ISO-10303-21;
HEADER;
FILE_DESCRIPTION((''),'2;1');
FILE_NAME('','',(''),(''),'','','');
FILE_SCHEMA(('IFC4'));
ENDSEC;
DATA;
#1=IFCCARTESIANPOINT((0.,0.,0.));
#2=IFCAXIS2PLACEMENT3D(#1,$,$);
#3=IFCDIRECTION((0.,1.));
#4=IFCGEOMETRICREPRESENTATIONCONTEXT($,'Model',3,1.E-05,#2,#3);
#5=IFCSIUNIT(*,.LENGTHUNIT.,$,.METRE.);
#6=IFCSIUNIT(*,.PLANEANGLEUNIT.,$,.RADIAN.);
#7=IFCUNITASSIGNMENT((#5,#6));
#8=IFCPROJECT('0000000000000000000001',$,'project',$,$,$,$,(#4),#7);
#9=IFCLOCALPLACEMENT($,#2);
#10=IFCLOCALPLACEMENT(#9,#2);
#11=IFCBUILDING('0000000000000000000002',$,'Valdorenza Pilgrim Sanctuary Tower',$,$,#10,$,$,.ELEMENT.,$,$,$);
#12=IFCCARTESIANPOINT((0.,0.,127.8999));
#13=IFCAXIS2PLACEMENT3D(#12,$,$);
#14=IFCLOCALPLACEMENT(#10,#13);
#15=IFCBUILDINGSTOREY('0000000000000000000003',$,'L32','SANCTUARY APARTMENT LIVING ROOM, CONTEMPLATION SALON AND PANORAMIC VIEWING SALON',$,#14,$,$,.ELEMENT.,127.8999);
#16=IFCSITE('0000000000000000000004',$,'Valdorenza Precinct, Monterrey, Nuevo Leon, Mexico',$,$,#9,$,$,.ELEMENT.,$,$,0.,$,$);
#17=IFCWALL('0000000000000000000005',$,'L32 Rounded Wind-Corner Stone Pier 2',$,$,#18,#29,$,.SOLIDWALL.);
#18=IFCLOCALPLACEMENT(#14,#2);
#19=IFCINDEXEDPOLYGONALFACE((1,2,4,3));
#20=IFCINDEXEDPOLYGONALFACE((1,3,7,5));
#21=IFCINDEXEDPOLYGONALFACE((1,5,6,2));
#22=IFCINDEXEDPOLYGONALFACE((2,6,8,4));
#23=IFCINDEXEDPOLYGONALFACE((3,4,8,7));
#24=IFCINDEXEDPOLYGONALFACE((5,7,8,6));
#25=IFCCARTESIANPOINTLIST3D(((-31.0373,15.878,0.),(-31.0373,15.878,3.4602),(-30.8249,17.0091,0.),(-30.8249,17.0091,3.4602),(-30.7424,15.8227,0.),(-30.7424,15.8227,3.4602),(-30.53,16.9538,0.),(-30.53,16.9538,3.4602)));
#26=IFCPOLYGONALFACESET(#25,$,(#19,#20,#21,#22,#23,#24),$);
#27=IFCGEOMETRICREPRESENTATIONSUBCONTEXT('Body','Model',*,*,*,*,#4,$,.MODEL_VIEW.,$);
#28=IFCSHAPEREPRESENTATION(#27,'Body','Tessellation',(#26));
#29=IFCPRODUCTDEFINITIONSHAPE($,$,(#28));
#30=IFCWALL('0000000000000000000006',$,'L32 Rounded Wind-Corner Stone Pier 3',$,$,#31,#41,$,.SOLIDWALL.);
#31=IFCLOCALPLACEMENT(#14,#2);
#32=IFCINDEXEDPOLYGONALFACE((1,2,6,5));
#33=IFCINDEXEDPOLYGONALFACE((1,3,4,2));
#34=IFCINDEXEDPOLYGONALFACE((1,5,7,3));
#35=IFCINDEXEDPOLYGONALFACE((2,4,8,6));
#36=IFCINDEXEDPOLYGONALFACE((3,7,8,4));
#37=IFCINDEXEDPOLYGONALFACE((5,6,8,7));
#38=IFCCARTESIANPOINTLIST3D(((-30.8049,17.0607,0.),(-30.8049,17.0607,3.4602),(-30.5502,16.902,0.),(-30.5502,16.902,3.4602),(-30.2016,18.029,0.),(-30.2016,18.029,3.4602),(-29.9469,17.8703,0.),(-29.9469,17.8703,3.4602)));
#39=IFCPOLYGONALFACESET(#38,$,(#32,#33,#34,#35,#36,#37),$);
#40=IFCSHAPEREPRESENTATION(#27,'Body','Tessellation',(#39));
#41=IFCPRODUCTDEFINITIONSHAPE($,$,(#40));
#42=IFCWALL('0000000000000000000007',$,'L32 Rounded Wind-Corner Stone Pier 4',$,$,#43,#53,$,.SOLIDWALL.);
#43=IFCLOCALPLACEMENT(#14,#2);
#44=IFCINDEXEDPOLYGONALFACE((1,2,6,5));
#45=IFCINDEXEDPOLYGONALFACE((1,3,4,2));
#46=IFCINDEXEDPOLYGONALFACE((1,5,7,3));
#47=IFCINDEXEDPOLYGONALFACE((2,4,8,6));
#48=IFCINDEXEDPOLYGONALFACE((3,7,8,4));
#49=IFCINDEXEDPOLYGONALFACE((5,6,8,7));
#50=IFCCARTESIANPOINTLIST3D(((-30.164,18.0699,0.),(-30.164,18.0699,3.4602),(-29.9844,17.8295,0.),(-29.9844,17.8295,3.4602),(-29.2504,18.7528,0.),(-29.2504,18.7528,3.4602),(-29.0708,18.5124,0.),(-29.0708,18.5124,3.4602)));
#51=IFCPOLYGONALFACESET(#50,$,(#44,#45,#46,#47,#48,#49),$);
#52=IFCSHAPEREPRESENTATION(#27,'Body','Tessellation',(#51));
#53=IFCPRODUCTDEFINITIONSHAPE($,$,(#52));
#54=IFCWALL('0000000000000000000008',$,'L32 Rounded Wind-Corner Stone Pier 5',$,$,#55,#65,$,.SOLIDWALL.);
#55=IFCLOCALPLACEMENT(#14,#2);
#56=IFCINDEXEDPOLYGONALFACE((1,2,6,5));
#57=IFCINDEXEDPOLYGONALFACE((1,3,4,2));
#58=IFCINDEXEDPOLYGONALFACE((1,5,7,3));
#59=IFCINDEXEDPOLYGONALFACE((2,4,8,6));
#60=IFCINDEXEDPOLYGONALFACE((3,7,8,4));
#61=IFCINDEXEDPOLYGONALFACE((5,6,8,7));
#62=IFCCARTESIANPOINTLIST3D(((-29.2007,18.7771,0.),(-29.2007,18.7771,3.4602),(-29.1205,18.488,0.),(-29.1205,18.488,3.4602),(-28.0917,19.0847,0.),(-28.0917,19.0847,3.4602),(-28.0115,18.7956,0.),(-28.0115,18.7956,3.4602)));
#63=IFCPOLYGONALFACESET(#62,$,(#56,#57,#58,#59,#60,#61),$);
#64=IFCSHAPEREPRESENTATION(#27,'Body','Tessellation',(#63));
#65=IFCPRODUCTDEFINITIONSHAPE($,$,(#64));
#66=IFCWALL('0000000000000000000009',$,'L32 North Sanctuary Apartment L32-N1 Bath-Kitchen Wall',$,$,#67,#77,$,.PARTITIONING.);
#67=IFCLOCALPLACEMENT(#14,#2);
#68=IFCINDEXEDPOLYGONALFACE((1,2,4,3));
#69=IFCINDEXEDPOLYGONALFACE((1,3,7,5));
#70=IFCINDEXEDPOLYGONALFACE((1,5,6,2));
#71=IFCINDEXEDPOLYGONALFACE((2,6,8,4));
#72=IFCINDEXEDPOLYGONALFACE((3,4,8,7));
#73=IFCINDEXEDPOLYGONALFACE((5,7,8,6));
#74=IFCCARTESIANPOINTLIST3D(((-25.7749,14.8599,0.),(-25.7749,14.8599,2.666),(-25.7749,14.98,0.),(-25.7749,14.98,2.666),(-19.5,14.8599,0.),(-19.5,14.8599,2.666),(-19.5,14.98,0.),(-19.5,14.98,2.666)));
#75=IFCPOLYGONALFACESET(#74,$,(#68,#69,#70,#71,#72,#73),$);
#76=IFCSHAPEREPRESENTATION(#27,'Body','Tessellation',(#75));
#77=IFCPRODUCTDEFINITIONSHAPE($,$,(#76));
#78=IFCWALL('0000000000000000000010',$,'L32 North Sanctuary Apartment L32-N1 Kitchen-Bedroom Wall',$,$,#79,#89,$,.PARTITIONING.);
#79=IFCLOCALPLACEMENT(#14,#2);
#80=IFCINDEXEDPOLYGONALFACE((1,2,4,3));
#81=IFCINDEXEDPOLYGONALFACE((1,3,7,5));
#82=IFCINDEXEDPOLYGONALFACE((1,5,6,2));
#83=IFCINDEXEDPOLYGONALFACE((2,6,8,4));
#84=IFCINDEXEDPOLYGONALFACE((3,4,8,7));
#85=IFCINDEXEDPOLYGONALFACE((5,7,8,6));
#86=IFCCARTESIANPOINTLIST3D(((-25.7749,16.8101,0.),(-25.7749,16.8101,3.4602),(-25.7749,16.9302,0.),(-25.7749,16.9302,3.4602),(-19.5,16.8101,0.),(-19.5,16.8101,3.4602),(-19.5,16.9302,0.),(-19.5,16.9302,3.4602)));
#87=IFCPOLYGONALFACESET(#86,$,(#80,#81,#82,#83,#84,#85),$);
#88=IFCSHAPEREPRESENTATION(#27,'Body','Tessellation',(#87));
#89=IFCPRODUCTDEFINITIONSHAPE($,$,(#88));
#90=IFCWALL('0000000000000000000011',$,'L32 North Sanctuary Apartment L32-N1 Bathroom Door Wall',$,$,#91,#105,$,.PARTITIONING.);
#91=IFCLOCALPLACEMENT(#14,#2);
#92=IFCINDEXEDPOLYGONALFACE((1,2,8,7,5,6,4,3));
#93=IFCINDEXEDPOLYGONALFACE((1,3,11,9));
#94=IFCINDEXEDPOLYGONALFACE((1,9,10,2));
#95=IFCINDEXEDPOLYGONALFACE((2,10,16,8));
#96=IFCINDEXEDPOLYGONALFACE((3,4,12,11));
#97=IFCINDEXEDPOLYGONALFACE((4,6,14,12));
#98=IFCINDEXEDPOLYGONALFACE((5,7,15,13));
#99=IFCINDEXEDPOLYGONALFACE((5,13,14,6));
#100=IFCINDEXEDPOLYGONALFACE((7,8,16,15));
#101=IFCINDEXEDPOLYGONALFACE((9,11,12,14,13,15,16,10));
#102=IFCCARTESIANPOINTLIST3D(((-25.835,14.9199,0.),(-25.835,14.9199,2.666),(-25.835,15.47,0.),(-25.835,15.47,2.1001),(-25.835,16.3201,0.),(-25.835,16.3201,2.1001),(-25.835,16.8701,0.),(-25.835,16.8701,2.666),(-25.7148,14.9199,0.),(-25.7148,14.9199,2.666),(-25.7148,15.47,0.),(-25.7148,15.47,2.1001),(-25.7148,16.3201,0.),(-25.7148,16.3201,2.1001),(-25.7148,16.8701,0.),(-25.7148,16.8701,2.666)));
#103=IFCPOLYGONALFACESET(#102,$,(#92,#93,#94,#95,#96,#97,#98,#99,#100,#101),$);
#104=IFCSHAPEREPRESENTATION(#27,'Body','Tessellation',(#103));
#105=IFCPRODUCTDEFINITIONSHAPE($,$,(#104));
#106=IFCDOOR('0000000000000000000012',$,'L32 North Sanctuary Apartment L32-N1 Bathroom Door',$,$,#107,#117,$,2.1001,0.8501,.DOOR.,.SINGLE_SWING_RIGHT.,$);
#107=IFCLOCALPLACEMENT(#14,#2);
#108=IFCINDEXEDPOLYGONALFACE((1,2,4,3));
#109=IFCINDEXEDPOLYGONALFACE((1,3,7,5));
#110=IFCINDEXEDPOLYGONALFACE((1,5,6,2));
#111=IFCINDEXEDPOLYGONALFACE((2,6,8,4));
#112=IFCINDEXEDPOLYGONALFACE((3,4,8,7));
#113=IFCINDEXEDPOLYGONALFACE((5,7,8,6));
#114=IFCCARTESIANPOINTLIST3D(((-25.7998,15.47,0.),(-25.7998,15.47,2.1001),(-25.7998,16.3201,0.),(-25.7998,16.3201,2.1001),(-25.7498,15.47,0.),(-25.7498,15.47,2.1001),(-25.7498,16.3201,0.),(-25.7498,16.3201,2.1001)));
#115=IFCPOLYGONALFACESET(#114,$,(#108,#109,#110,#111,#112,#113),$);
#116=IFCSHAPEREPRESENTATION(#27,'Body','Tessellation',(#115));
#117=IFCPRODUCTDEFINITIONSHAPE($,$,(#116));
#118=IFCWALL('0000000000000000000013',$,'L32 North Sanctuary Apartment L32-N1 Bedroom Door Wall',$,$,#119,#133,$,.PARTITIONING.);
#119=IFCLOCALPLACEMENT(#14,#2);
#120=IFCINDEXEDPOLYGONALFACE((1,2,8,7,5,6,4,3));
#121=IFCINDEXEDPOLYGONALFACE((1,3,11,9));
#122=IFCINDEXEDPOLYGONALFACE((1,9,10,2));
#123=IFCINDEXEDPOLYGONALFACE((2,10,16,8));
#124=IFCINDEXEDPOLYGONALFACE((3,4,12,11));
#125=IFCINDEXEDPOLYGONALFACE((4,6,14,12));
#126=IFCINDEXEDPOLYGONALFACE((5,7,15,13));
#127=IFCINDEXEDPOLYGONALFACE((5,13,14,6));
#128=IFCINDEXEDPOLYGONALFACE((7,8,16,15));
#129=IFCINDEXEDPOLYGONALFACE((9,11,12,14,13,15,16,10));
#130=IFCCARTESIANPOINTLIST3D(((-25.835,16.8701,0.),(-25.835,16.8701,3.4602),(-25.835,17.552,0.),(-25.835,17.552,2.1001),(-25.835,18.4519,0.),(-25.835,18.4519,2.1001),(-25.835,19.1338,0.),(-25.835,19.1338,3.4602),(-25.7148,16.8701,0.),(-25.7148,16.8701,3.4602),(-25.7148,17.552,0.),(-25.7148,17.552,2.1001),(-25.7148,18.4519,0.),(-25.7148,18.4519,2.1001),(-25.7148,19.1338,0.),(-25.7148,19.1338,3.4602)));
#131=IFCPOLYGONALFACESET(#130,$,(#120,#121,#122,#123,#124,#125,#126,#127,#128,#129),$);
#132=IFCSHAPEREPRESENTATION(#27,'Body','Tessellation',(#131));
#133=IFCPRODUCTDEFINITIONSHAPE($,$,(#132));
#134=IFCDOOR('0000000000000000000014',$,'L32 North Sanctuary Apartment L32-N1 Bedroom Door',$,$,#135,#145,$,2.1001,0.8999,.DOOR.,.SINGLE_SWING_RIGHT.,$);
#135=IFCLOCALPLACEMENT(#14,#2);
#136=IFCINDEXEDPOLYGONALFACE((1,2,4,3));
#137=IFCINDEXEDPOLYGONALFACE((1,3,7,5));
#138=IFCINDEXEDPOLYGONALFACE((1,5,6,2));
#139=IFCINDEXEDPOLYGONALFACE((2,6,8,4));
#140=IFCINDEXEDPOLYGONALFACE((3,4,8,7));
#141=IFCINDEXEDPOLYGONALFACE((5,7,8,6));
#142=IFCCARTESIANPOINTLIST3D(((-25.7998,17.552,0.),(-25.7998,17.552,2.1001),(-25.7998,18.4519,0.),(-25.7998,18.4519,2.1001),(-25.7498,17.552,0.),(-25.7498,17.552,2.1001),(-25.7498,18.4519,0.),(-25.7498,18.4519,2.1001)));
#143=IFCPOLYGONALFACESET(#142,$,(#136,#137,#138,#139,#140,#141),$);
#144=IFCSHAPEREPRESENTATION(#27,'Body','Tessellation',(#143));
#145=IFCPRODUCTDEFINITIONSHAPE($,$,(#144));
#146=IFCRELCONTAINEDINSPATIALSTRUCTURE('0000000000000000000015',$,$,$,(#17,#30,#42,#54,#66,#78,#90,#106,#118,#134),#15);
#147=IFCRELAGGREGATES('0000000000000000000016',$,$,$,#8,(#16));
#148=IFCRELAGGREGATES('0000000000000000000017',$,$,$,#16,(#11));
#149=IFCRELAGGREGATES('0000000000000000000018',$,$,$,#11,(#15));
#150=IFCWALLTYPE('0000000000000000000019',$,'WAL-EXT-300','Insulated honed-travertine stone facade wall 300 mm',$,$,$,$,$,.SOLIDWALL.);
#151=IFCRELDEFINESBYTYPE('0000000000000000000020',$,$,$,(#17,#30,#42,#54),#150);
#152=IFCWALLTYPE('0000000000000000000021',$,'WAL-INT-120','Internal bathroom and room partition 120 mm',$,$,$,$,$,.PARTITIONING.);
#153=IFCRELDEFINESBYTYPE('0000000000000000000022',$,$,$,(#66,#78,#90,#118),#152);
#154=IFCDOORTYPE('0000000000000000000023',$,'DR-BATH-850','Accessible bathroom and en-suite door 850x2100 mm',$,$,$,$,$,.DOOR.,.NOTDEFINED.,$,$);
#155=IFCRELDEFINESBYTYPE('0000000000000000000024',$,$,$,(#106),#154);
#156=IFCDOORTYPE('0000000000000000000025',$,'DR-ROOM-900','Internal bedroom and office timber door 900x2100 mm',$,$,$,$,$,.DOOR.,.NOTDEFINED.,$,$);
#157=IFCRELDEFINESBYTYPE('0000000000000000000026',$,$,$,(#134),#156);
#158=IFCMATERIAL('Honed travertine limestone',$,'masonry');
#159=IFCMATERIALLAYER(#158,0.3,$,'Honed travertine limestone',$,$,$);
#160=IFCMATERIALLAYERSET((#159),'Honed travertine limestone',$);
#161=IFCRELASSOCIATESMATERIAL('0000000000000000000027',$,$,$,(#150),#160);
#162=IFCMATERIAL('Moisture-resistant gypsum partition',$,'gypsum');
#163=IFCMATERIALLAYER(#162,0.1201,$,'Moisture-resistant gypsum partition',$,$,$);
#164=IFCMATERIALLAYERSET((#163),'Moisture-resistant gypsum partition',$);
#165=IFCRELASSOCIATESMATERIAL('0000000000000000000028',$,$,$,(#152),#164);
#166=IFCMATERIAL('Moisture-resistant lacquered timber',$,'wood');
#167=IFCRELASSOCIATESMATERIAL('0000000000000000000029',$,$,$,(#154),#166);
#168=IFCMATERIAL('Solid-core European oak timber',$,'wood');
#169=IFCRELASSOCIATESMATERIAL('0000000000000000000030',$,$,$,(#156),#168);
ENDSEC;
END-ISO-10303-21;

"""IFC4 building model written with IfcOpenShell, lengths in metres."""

from ifc_helpers import new_model, si_unit, direction, frame, frame_2d, origin, place, context, subcontext, project, spatial, rectangle, extrude, material, layer, layer_set, type_object, element, fill, save


model = new_model("IFC4")

# Units and contexts
model_context = context("Model", 3, precision=1e-05, world=origin(), true_north=direction((0.0, 1.0)))
body_context = subcontext(model_context, "Body", "Model", "MODEL_VIEW")
ifc_project = project(units=[si_unit("LENGTHUNIT", "METRE"), si_unit("PLANEANGLEUNIT", "RADIAN")], contexts=[model_context])

# Site, building, storey
site_placement = place(None, origin())
site = spatial("IfcSite", under=ifc_project, at=site_placement, Name="Valdorenza Precinct, Monterrey, Nuevo Leon, Mexico", CompositionType="ELEMENT", RefElevation=0.0)
building_placement = place(site_placement, origin())
building = spatial("IfcBuilding", under=site, at=building_placement, Name="Valdorenza Pilgrim Sanctuary Tower", CompositionType="ELEMENT")
storey_placement = place(building_placement, frame((0.0, 0.0, 127.8999)))
storey = spatial("IfcBuildingStorey", under=building, at=storey_placement, Name="L32", Description="SANCTUARY APARTMENT LIVING ROOM, CONTEMPLATION SALON AND PANORAMIC VIEWING SALON", CompositionType="ELEMENT", Elevation=127.8999)

# Shared definitions
ifc_material_1 = material(Name="Honed travertine limestone", Category="masonry")

# Walls
ifc_layer_1 = layer(ifc_material_1, 0.3, Name="Honed travertine limestone")
ifc_layer_set_1 = layer_set([ifc_layer_1], Name="Honed travertine limestone")
wall_type_1 = type_object("IfcWallType", Name="WAL-EXT-300", Description="Insulated honed-travertine stone facade wall 300 mm", PredefinedType="SOLIDWALL", material=ifc_layer_set_1)
wall_1_placement = place(storey_placement, frame((-30.8899, 15.8503, 0.0), z_axis=(0.0, 0.0, 1.0), x_axis=(0.184557, 0.982822, 0.0)))
element("IfcWall", 1, at=wall_1_placement, inside=storey, type_object=wall_type_1, Name="L32 Rounded Wind-Corner Stone Pier 2", PredefinedType="SOLIDWALL", context=body_context, shape_type="SweptSolid", body=[
    extrude(rectangle(XDim=1.1509, YDim=0.3, at=frame_2d((0.5754, 0.0))), origin(), (0.0, 0.0, 1.0), 3.4602),
])
wall_2_placement = place(storey_placement, frame((-30.6775, 16.9814, 0.0), z_axis=(0.0, 0.0, 1.0), x_axis=(0.528806, 0.848743, 0.0)))
element("IfcWall", 2, at=wall_2_placement, inside=storey, type_object=wall_type_1, Name="L32 Rounded Wind-Corner Stone Pier 3", PredefinedType="SOLIDWALL", context=body_context, shape_type="SweptSolid", body=[
    extrude(rectangle(XDim=1.1409, YDim=0.3, at=frame_2d((0.5703, 0.0))), origin(), (0.0, 0.0, 1.0), 3.4602),
])
wall_3_placement = place(storey_placement, frame((-30.0742, 17.9497, 0.0), z_axis=(0.0, 0.0, 1.0), x_axis=(0.800975, 0.598698, 0.0)))
element("IfcWall", 3, at=wall_3_placement, inside=storey, type_object=wall_type_1, Name="L32 Rounded Wind-Corner Stone Pier 4", PredefinedType="SOLIDWALL", context=body_context, shape_type="SweptSolid", body=[
    extrude(rectangle(XDim=1.1406, YDim=0.3, at=frame_2d((0.5703, 0.0))), origin(), (0.0, 0.0, 1.0), 3.4602),
])
wall_4_placement = place(storey_placement, frame((-29.1606, 18.6326, 0.0), z_axis=(0.0, 0.0, 1.0), x_axis=(0.963624, 0.267261, 0.0)))
element("IfcWall", 4, at=wall_4_placement, inside=storey, type_object=wall_type_1, Name="L32 Rounded Wind-Corner Stone Pier 5", PredefinedType="SOLIDWALL", context=body_context, shape_type="SweptSolid", body=[
    extrude(rectangle(XDim=1.1509, YDim=0.3, at=frame_2d((0.5754, 0.0))), origin(), (0.0, 0.0, 1.0), 3.4602),
])
ifc_material_2 = material(Name="Moisture-resistant gypsum partition", Category="gypsum")
ifc_layer_2 = layer(ifc_material_2, 0.1201, Name="Moisture-resistant gypsum partition")
ifc_layer_set_2 = layer_set([ifc_layer_2], Name="Moisture-resistant gypsum partition")
wall_type_2 = type_object("IfcWallType", Name="WAL-INT-120", Description="Internal bathroom and room partition 120 mm", PredefinedType="PARTITIONING", material=ifc_layer_set_2)
wall_5_placement = place(storey_placement, frame((-25.7749, 14.9199, 0.0), z_axis=(0.0, 0.0, 1.0), x_axis=(1.0, 0.0, 0.0)))
element("IfcWall", 5, at=wall_5_placement, inside=storey, type_object=wall_type_2, Name="L32 North Sanctuary Apartment L32-N1 Bath-Kitchen Wall", PredefinedType="PARTITIONING", context=body_context, shape_type="SweptSolid", body=[
    extrude(rectangle(XDim=6.2749, YDim=0.1201, at=frame_2d((3.1375, 0.0))), origin(), (0.0, 0.0, 1.0), 2.666),
])
wall_6_placement = place(storey_placement, frame((-25.7749, 16.8701, 0.0), z_axis=(0.0, 0.0, 1.0), x_axis=(1.0, 0.0, 0.0)))
element("IfcWall", 6, at=wall_6_placement, inside=storey, type_object=wall_type_2, Name="L32 North Sanctuary Apartment L32-N1 Kitchen-Bedroom Wall", PredefinedType="PARTITIONING", context=body_context, shape_type="SweptSolid", body=[
    extrude(rectangle(XDim=6.2749, YDim=0.1201, at=frame_2d((3.1375, 0.0))), origin(), (0.0, 0.0, 1.0), 3.4602),
])

# Walls, openings, doors
wall_7_placement = place(storey_placement, frame((-25.7749, 14.9199, 0.0), z_axis=(0.0, 0.0, 1.0), x_axis=(0.0, 1.0, 0.0)))
wall_7 = element("IfcWall", 7, at=wall_7_placement, inside=storey, type_object=wall_type_2, Name="L32 North Sanctuary Apartment L32-N1 Bathroom Door Wall", PredefinedType="PARTITIONING", context=body_context, shape_type="SweptSolid", body=[
    extrude(rectangle(XDim=1.9502, YDim=0.1201, at=frame_2d((0.9751, 0.0))), origin(), (0.0, 0.0, 1.0), 2.666),
])
opening_1_placement = place(wall_7_placement, frame((0.55, 0.0, 0.0)))
opening_1 = element("IfcOpeningElement", 8, at=opening_1_placement, cuts=wall_7, PredefinedType="OPENING", context=body_context, shape_type="SweptSolid", body=[
    extrude(rectangle(XDim=0.8501, YDim=2.1001, at=frame_2d((0.425, 1.05))), frame((0.0, 0.075, 0.0), z_axis=(0.0, -1.0, 0.0), x_axis=(1.0, 0.0, 0.0)), (0.0, 0.0, 1.0), 0.1499),
])
ifc_material_3 = material(Name="Moisture-resistant lacquered timber", Category="wood")
door_type_1 = type_object("IfcDoorType", Name="DR-BATH-850", Description="Accessible bathroom and en-suite door 850x2100 mm", OperationType="NOTDEFINED", PredefinedType="DOOR", material=ifc_material_3)
door_1_placement = place(opening_1_placement, origin())
door_1 = element("IfcDoor", 9, at=door_1_placement, inside=storey, type_object=door_type_1, Name="L32 North Sanctuary Apartment L32-N1 Bathroom Door", OperationType="SINGLE_SWING_RIGHT", OverallHeight=2.1001, OverallWidth=0.8501, PredefinedType="DOOR", context=body_context, shape_type="SweptSolid", body=[
    extrude(rectangle(XDim=0.8501, YDim=2.1001, at=frame_2d((0.425, 1.05))), frame((0.0, 0.0249, 0.0), z_axis=(0.0, -1.0, 0.0), x_axis=(1.0, 0.0, 0.0)), (0.0, 0.0, 1.0), 0.05),
])
fill(opening_1, door_1)
wall_8_placement = place(storey_placement, frame((-25.7749, 16.8701, 0.0), z_axis=(0.0, 0.0, 1.0), x_axis=(0.0, 1.0, 0.0)))
wall_8 = element("IfcWall", 10, at=wall_8_placement, inside=storey, type_object=wall_type_2, Name="L32 North Sanctuary Apartment L32-N1 Bedroom Door Wall", PredefinedType="PARTITIONING", context=body_context, shape_type="SweptSolid", body=[
    extrude(rectangle(XDim=2.2637, YDim=0.1201, at=frame_2d((1.1318, 0.0))), origin(), (0.0, 0.0, 1.0), 3.4602),
])
opening_2_placement = place(wall_8_placement, frame((0.6819, 0.0, 0.0)))
opening_2 = element("IfcOpeningElement", 11, at=opening_2_placement, cuts=wall_8, PredefinedType="OPENING", context=body_context, shape_type="SweptSolid", body=[
    extrude(rectangle(XDim=0.8999, YDim=2.1001, at=frame_2d((0.45, 1.05))), frame((0.0, 0.075, 0.0), z_axis=(0.0, -1.0, 0.0), x_axis=(1.0, 0.0, 0.0)), (0.0, 0.0, 1.0), 0.1499),
])
ifc_material_4 = material(Name="Solid-core European oak timber", Category="wood")
door_type_2 = type_object("IfcDoorType", Name="DR-ROOM-900", Description="Internal bedroom and office timber door 900x2100 mm", OperationType="NOTDEFINED", PredefinedType="DOOR", material=ifc_material_4)
door_2_placement = place(opening_2_placement, origin())
door_2 = element("IfcDoor", 12, at=door_2_placement, inside=storey, type_object=door_type_2, Name="L32 North Sanctuary Apartment L32-N1 Bedroom Door", OperationType="SINGLE_SWING_RIGHT", OverallHeight=2.1001, OverallWidth=0.8999, PredefinedType="DOOR", context=body_context, shape_type="SweptSolid", body=[
    extrude(rectangle(XDim=0.8999, YDim=2.1001, at=frame_2d((0.45, 1.05))), frame((0.0, 0.0249, 0.0), z_axis=(0.0, -1.0, 0.0), x_axis=(1.0, 0.0, 0.0)), (0.0, 0.0, 1.0), 0.05),
])
fill(opening_2, door_2)

save(model, "model.ifc")
